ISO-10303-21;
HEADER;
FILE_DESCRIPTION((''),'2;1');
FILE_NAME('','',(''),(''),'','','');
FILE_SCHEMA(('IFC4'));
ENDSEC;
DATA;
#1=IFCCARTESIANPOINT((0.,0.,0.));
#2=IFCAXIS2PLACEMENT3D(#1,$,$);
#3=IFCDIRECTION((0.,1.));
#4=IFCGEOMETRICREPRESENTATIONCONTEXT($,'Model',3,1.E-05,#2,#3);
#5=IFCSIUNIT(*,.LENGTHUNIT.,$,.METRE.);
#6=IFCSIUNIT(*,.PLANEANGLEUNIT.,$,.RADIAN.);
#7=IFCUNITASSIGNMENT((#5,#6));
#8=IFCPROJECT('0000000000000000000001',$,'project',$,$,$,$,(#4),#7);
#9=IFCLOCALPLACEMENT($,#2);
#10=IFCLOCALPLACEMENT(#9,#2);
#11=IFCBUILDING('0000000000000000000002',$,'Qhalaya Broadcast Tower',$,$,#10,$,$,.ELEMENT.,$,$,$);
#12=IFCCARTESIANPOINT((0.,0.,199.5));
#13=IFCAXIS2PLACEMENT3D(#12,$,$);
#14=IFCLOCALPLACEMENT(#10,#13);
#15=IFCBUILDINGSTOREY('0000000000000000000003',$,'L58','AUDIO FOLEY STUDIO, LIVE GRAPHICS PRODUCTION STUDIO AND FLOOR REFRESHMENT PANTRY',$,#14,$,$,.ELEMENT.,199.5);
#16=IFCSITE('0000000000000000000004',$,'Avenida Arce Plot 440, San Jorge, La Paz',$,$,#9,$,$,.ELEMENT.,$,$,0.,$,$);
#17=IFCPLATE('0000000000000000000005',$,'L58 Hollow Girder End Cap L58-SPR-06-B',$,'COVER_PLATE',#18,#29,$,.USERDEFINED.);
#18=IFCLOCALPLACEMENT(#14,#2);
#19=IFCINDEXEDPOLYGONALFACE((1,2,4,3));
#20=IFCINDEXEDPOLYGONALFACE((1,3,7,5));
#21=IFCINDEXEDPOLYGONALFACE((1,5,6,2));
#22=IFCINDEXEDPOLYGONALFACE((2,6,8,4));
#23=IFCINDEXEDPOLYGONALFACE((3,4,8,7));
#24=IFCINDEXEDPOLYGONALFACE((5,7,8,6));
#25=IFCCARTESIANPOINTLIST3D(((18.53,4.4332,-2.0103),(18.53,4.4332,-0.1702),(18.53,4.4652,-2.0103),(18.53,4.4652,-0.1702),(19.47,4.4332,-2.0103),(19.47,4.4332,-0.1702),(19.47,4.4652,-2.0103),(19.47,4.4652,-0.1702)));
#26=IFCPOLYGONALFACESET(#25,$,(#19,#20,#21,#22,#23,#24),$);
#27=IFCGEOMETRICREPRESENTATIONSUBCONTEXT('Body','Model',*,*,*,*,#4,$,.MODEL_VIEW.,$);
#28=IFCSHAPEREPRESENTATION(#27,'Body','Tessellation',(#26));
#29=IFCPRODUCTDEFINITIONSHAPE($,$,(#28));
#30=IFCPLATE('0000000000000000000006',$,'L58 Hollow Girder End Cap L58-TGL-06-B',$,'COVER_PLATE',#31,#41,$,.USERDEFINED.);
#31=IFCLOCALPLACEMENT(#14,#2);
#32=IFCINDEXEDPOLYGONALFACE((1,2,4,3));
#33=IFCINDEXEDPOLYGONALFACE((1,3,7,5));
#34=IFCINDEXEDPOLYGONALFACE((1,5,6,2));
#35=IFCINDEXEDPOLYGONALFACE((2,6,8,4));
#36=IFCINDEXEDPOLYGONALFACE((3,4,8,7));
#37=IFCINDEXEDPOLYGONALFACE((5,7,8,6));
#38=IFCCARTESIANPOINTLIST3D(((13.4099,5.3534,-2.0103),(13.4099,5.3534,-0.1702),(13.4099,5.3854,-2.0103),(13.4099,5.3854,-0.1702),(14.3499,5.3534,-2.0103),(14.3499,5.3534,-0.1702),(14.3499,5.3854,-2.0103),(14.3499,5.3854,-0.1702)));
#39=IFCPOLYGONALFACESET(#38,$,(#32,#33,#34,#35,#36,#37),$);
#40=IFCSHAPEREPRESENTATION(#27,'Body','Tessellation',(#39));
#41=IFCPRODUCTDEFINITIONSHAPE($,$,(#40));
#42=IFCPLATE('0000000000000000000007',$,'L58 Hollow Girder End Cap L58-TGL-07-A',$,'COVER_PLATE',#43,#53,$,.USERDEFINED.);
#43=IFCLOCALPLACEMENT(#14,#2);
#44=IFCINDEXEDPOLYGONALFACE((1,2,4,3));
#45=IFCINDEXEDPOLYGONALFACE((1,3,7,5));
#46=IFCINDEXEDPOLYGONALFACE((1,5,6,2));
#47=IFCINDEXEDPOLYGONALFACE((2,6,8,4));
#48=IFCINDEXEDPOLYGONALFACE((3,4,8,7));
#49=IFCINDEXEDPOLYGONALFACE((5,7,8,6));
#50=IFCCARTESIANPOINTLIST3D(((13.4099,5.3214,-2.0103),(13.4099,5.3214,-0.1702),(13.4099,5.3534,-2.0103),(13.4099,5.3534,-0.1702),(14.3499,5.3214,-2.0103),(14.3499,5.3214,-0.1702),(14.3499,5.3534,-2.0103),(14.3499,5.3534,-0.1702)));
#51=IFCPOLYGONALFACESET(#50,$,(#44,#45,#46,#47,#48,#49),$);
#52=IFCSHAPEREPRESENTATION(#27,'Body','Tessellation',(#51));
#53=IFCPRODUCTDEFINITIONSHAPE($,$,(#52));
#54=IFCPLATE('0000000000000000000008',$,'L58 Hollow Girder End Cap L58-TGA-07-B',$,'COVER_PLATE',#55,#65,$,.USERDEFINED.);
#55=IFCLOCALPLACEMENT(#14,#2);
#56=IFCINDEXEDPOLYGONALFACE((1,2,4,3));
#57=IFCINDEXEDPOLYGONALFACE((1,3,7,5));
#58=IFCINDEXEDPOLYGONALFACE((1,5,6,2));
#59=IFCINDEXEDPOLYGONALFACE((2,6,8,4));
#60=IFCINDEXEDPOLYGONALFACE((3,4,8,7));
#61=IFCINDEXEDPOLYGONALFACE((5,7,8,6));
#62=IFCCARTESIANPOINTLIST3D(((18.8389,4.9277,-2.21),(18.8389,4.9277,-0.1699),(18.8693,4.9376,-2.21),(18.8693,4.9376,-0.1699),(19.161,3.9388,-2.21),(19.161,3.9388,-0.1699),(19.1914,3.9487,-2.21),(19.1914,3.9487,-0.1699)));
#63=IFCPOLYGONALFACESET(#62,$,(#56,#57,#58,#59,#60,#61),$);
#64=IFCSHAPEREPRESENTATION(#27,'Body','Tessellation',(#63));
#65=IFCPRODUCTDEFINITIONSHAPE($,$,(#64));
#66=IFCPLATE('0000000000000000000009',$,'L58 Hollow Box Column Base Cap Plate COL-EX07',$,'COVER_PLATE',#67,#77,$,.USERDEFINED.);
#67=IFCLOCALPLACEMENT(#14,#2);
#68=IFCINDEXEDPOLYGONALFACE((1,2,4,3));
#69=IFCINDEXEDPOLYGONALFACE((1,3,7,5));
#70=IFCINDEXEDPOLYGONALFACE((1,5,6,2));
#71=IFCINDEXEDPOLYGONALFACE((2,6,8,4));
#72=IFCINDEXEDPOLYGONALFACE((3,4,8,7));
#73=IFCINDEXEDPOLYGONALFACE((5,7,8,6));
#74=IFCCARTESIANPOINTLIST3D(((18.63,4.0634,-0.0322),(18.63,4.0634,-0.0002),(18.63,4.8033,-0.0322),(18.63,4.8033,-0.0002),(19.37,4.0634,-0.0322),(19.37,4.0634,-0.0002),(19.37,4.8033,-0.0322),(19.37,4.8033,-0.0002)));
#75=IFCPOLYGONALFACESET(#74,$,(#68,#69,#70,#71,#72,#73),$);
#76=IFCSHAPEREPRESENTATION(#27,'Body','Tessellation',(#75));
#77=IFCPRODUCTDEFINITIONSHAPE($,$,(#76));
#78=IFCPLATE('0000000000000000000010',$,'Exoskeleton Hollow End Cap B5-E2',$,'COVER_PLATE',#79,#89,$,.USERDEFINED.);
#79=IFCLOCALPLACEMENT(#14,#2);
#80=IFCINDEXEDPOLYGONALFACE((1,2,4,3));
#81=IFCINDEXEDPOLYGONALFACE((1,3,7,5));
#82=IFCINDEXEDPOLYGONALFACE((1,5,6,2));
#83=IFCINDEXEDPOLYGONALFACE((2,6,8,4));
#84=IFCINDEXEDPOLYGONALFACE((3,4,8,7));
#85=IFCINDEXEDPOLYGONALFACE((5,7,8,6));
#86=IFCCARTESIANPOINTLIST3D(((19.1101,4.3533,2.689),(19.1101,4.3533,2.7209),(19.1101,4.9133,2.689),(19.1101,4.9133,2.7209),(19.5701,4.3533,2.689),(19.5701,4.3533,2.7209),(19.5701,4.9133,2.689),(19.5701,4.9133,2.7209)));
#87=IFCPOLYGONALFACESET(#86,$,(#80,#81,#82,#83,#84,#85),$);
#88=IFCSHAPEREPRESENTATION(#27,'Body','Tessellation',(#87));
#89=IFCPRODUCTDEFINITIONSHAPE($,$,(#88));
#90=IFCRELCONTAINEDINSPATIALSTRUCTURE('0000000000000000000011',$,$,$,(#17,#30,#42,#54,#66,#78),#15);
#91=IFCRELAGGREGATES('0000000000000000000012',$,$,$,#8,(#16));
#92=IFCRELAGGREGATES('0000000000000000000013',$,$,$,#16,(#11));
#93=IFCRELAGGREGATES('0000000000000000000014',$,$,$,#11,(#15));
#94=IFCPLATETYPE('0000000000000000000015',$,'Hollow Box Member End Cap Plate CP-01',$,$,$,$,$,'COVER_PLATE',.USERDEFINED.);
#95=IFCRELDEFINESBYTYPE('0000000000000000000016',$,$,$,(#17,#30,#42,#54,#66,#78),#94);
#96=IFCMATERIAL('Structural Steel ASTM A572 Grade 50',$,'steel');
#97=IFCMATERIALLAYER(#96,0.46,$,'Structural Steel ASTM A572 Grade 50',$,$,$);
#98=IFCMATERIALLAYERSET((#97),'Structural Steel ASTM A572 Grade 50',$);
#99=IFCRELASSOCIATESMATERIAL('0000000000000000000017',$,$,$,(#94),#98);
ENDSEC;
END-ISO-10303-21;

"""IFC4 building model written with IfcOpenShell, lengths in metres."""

from ifc_helpers import new_model, si_unit, direction, frame, origin, origin_2d, place, context, subcontext, project, spatial, rectangle, extrude, material, layer, layer_set, type_object, element, save


model = new_model("IFC4")

# Units and contexts
model_context = context("Model", 3, precision=1e-05, world=origin(), true_north=direction((0.0, 1.0)))
body_context = subcontext(model_context, "Body", "Model", "MODEL_VIEW")
ifc_project = project(units=[si_unit("LENGTHUNIT", "METRE"), si_unit("PLANEANGLEUNIT", "RADIAN")], contexts=[model_context])

# Site, building, storey
site_placement = place(None, origin())
site = spatial("IfcSite", under=ifc_project, at=site_placement, Name="Avenida Arce Plot 440, San Jorge, La Paz", CompositionType="ELEMENT", RefElevation=0.0)
building_placement = place(site_placement, origin())
building = spatial("IfcBuilding", under=site, at=building_placement, Name="Qhalaya Broadcast Tower", CompositionType="ELEMENT")
storey_placement = place(building_placement, frame((0.0, 0.0, 199.5)))
storey = spatial("IfcBuildingStorey", under=building, at=storey_placement, Name="L58", Description="AUDIO FOLEY STUDIO, LIVE GRAPHICS PRODUCTION STUDIO AND FLOOR REFRESHMENT PANTRY", CompositionType="ELEMENT", Elevation=199.5)

# Shared definitions
ifc_material_1 = material(Name="Structural Steel ASTM A572 Grade 50", Category="steel")

# Plates
ifc_layer_1 = layer(ifc_material_1, 0.46, Name="Structural Steel ASTM A572 Grade 50")
ifc_layer_set_1 = layer_set([ifc_layer_1], Name="Structural Steel ASTM A572 Grade 50")
plate_type_1 = type_object("IfcPlateType", Name="Hollow Box Member End Cap Plate CP-01", ElementType="COVER_PLATE", PredefinedType="USERDEFINED", material=ifc_layer_set_1)
for number, where, z_axis, x_axis, name in (
    (1, (19.0, 4.4492, -2.0103), (0.0, 0.0, 1.0), (-1.0, 0.0, 0.0), "L58 Hollow Girder End Cap L58-SPR-06-B"),
    (2, (13.8799, 5.3694, -2.0103), (0.0, 0.0, 1.0), (-1.0, 0.0, 0.0), "L58 Hollow Girder End Cap L58-TGL-06-B"),
    (3, (13.8799, 5.3374, -2.0103), (0.0, 0.0, 1.0), (-1.0, 0.0, 0.0), "L58 Hollow Girder End Cap L58-TGL-07-A"),
):
    element("IfcPlate", number, at=place(storey_placement, frame(where, z_axis=z_axis, x_axis=x_axis)), inside=storey, type_object=plate_type_1, Name=name, ObjectType="COVER_PLATE", PredefinedType="USERDEFINED", context=body_context, shape_type="SweptSolid", body=[
        extrude(rectangle(XDim=0.9399, YDim=0.032, at=origin_2d()), origin(), (0.0, 0.0, 1.0), 1.8401),
    ])
plate_1_placement = place(storey_placement, frame((19.0151, 4.4382, -2.21), z_axis=(0.0, 0.0, 1.0), x_axis=(-0.309747, 0.950819, 0.0)))
element("IfcPlate", 4, at=plate_1_placement, inside=storey, type_object=plate_type_1, Name="L58 Hollow Girder End Cap L58-TGA-07-B", ObjectType="COVER_PLATE", PredefinedType="USERDEFINED", context=body_context, shape_type="SweptSolid", body=[
    extrude(rectangle(XDim=1.04, YDim=0.032, at=origin_2d()), origin(), (0.0, 0.0, 1.0), 2.04),
])
plate_2_placement = place(storey_placement, frame((19.0, 4.4333, -0.0322), z_axis=(0.0, 0.0, 1.0), x_axis=(0.0, 1.0, 0.0)))
element("IfcPlate", 5, at=plate_2_placement, inside=storey, type_object=plate_type_1, Name="L58 Hollow Box Column Base Cap Plate COL-EX07", ObjectType="COVER_PLATE", PredefinedType="USERDEFINED", context=body_context, shape_type="SweptSolid", body=[
    extrude(rectangle(XDim=0.74, YDim=0.74, at=origin_2d()), origin(), (0.0, 0.0, 1.0), 0.032),
])
plate_3_placement = place(storey_placement, frame((19.3401, 4.6333, 2.689), z_axis=(0.0, 0.0, 1.0), x_axis=(0.0, 1.0, 0.0)))
element("IfcPlate", 6, at=plate_3_placement, inside=storey, type_object=plate_type_1, Name="Exoskeleton Hollow End Cap B5-E2", ObjectType="COVER_PLATE", PredefinedType="USERDEFINED", context=body_context, shape_type="SweptSolid", body=[
    extrude(rectangle(XDim=0.5601, YDim=0.46, at=origin_2d()), origin(), (0.0, 0.0, 1.0), 0.032),
])

save(model, "model.ifc")
